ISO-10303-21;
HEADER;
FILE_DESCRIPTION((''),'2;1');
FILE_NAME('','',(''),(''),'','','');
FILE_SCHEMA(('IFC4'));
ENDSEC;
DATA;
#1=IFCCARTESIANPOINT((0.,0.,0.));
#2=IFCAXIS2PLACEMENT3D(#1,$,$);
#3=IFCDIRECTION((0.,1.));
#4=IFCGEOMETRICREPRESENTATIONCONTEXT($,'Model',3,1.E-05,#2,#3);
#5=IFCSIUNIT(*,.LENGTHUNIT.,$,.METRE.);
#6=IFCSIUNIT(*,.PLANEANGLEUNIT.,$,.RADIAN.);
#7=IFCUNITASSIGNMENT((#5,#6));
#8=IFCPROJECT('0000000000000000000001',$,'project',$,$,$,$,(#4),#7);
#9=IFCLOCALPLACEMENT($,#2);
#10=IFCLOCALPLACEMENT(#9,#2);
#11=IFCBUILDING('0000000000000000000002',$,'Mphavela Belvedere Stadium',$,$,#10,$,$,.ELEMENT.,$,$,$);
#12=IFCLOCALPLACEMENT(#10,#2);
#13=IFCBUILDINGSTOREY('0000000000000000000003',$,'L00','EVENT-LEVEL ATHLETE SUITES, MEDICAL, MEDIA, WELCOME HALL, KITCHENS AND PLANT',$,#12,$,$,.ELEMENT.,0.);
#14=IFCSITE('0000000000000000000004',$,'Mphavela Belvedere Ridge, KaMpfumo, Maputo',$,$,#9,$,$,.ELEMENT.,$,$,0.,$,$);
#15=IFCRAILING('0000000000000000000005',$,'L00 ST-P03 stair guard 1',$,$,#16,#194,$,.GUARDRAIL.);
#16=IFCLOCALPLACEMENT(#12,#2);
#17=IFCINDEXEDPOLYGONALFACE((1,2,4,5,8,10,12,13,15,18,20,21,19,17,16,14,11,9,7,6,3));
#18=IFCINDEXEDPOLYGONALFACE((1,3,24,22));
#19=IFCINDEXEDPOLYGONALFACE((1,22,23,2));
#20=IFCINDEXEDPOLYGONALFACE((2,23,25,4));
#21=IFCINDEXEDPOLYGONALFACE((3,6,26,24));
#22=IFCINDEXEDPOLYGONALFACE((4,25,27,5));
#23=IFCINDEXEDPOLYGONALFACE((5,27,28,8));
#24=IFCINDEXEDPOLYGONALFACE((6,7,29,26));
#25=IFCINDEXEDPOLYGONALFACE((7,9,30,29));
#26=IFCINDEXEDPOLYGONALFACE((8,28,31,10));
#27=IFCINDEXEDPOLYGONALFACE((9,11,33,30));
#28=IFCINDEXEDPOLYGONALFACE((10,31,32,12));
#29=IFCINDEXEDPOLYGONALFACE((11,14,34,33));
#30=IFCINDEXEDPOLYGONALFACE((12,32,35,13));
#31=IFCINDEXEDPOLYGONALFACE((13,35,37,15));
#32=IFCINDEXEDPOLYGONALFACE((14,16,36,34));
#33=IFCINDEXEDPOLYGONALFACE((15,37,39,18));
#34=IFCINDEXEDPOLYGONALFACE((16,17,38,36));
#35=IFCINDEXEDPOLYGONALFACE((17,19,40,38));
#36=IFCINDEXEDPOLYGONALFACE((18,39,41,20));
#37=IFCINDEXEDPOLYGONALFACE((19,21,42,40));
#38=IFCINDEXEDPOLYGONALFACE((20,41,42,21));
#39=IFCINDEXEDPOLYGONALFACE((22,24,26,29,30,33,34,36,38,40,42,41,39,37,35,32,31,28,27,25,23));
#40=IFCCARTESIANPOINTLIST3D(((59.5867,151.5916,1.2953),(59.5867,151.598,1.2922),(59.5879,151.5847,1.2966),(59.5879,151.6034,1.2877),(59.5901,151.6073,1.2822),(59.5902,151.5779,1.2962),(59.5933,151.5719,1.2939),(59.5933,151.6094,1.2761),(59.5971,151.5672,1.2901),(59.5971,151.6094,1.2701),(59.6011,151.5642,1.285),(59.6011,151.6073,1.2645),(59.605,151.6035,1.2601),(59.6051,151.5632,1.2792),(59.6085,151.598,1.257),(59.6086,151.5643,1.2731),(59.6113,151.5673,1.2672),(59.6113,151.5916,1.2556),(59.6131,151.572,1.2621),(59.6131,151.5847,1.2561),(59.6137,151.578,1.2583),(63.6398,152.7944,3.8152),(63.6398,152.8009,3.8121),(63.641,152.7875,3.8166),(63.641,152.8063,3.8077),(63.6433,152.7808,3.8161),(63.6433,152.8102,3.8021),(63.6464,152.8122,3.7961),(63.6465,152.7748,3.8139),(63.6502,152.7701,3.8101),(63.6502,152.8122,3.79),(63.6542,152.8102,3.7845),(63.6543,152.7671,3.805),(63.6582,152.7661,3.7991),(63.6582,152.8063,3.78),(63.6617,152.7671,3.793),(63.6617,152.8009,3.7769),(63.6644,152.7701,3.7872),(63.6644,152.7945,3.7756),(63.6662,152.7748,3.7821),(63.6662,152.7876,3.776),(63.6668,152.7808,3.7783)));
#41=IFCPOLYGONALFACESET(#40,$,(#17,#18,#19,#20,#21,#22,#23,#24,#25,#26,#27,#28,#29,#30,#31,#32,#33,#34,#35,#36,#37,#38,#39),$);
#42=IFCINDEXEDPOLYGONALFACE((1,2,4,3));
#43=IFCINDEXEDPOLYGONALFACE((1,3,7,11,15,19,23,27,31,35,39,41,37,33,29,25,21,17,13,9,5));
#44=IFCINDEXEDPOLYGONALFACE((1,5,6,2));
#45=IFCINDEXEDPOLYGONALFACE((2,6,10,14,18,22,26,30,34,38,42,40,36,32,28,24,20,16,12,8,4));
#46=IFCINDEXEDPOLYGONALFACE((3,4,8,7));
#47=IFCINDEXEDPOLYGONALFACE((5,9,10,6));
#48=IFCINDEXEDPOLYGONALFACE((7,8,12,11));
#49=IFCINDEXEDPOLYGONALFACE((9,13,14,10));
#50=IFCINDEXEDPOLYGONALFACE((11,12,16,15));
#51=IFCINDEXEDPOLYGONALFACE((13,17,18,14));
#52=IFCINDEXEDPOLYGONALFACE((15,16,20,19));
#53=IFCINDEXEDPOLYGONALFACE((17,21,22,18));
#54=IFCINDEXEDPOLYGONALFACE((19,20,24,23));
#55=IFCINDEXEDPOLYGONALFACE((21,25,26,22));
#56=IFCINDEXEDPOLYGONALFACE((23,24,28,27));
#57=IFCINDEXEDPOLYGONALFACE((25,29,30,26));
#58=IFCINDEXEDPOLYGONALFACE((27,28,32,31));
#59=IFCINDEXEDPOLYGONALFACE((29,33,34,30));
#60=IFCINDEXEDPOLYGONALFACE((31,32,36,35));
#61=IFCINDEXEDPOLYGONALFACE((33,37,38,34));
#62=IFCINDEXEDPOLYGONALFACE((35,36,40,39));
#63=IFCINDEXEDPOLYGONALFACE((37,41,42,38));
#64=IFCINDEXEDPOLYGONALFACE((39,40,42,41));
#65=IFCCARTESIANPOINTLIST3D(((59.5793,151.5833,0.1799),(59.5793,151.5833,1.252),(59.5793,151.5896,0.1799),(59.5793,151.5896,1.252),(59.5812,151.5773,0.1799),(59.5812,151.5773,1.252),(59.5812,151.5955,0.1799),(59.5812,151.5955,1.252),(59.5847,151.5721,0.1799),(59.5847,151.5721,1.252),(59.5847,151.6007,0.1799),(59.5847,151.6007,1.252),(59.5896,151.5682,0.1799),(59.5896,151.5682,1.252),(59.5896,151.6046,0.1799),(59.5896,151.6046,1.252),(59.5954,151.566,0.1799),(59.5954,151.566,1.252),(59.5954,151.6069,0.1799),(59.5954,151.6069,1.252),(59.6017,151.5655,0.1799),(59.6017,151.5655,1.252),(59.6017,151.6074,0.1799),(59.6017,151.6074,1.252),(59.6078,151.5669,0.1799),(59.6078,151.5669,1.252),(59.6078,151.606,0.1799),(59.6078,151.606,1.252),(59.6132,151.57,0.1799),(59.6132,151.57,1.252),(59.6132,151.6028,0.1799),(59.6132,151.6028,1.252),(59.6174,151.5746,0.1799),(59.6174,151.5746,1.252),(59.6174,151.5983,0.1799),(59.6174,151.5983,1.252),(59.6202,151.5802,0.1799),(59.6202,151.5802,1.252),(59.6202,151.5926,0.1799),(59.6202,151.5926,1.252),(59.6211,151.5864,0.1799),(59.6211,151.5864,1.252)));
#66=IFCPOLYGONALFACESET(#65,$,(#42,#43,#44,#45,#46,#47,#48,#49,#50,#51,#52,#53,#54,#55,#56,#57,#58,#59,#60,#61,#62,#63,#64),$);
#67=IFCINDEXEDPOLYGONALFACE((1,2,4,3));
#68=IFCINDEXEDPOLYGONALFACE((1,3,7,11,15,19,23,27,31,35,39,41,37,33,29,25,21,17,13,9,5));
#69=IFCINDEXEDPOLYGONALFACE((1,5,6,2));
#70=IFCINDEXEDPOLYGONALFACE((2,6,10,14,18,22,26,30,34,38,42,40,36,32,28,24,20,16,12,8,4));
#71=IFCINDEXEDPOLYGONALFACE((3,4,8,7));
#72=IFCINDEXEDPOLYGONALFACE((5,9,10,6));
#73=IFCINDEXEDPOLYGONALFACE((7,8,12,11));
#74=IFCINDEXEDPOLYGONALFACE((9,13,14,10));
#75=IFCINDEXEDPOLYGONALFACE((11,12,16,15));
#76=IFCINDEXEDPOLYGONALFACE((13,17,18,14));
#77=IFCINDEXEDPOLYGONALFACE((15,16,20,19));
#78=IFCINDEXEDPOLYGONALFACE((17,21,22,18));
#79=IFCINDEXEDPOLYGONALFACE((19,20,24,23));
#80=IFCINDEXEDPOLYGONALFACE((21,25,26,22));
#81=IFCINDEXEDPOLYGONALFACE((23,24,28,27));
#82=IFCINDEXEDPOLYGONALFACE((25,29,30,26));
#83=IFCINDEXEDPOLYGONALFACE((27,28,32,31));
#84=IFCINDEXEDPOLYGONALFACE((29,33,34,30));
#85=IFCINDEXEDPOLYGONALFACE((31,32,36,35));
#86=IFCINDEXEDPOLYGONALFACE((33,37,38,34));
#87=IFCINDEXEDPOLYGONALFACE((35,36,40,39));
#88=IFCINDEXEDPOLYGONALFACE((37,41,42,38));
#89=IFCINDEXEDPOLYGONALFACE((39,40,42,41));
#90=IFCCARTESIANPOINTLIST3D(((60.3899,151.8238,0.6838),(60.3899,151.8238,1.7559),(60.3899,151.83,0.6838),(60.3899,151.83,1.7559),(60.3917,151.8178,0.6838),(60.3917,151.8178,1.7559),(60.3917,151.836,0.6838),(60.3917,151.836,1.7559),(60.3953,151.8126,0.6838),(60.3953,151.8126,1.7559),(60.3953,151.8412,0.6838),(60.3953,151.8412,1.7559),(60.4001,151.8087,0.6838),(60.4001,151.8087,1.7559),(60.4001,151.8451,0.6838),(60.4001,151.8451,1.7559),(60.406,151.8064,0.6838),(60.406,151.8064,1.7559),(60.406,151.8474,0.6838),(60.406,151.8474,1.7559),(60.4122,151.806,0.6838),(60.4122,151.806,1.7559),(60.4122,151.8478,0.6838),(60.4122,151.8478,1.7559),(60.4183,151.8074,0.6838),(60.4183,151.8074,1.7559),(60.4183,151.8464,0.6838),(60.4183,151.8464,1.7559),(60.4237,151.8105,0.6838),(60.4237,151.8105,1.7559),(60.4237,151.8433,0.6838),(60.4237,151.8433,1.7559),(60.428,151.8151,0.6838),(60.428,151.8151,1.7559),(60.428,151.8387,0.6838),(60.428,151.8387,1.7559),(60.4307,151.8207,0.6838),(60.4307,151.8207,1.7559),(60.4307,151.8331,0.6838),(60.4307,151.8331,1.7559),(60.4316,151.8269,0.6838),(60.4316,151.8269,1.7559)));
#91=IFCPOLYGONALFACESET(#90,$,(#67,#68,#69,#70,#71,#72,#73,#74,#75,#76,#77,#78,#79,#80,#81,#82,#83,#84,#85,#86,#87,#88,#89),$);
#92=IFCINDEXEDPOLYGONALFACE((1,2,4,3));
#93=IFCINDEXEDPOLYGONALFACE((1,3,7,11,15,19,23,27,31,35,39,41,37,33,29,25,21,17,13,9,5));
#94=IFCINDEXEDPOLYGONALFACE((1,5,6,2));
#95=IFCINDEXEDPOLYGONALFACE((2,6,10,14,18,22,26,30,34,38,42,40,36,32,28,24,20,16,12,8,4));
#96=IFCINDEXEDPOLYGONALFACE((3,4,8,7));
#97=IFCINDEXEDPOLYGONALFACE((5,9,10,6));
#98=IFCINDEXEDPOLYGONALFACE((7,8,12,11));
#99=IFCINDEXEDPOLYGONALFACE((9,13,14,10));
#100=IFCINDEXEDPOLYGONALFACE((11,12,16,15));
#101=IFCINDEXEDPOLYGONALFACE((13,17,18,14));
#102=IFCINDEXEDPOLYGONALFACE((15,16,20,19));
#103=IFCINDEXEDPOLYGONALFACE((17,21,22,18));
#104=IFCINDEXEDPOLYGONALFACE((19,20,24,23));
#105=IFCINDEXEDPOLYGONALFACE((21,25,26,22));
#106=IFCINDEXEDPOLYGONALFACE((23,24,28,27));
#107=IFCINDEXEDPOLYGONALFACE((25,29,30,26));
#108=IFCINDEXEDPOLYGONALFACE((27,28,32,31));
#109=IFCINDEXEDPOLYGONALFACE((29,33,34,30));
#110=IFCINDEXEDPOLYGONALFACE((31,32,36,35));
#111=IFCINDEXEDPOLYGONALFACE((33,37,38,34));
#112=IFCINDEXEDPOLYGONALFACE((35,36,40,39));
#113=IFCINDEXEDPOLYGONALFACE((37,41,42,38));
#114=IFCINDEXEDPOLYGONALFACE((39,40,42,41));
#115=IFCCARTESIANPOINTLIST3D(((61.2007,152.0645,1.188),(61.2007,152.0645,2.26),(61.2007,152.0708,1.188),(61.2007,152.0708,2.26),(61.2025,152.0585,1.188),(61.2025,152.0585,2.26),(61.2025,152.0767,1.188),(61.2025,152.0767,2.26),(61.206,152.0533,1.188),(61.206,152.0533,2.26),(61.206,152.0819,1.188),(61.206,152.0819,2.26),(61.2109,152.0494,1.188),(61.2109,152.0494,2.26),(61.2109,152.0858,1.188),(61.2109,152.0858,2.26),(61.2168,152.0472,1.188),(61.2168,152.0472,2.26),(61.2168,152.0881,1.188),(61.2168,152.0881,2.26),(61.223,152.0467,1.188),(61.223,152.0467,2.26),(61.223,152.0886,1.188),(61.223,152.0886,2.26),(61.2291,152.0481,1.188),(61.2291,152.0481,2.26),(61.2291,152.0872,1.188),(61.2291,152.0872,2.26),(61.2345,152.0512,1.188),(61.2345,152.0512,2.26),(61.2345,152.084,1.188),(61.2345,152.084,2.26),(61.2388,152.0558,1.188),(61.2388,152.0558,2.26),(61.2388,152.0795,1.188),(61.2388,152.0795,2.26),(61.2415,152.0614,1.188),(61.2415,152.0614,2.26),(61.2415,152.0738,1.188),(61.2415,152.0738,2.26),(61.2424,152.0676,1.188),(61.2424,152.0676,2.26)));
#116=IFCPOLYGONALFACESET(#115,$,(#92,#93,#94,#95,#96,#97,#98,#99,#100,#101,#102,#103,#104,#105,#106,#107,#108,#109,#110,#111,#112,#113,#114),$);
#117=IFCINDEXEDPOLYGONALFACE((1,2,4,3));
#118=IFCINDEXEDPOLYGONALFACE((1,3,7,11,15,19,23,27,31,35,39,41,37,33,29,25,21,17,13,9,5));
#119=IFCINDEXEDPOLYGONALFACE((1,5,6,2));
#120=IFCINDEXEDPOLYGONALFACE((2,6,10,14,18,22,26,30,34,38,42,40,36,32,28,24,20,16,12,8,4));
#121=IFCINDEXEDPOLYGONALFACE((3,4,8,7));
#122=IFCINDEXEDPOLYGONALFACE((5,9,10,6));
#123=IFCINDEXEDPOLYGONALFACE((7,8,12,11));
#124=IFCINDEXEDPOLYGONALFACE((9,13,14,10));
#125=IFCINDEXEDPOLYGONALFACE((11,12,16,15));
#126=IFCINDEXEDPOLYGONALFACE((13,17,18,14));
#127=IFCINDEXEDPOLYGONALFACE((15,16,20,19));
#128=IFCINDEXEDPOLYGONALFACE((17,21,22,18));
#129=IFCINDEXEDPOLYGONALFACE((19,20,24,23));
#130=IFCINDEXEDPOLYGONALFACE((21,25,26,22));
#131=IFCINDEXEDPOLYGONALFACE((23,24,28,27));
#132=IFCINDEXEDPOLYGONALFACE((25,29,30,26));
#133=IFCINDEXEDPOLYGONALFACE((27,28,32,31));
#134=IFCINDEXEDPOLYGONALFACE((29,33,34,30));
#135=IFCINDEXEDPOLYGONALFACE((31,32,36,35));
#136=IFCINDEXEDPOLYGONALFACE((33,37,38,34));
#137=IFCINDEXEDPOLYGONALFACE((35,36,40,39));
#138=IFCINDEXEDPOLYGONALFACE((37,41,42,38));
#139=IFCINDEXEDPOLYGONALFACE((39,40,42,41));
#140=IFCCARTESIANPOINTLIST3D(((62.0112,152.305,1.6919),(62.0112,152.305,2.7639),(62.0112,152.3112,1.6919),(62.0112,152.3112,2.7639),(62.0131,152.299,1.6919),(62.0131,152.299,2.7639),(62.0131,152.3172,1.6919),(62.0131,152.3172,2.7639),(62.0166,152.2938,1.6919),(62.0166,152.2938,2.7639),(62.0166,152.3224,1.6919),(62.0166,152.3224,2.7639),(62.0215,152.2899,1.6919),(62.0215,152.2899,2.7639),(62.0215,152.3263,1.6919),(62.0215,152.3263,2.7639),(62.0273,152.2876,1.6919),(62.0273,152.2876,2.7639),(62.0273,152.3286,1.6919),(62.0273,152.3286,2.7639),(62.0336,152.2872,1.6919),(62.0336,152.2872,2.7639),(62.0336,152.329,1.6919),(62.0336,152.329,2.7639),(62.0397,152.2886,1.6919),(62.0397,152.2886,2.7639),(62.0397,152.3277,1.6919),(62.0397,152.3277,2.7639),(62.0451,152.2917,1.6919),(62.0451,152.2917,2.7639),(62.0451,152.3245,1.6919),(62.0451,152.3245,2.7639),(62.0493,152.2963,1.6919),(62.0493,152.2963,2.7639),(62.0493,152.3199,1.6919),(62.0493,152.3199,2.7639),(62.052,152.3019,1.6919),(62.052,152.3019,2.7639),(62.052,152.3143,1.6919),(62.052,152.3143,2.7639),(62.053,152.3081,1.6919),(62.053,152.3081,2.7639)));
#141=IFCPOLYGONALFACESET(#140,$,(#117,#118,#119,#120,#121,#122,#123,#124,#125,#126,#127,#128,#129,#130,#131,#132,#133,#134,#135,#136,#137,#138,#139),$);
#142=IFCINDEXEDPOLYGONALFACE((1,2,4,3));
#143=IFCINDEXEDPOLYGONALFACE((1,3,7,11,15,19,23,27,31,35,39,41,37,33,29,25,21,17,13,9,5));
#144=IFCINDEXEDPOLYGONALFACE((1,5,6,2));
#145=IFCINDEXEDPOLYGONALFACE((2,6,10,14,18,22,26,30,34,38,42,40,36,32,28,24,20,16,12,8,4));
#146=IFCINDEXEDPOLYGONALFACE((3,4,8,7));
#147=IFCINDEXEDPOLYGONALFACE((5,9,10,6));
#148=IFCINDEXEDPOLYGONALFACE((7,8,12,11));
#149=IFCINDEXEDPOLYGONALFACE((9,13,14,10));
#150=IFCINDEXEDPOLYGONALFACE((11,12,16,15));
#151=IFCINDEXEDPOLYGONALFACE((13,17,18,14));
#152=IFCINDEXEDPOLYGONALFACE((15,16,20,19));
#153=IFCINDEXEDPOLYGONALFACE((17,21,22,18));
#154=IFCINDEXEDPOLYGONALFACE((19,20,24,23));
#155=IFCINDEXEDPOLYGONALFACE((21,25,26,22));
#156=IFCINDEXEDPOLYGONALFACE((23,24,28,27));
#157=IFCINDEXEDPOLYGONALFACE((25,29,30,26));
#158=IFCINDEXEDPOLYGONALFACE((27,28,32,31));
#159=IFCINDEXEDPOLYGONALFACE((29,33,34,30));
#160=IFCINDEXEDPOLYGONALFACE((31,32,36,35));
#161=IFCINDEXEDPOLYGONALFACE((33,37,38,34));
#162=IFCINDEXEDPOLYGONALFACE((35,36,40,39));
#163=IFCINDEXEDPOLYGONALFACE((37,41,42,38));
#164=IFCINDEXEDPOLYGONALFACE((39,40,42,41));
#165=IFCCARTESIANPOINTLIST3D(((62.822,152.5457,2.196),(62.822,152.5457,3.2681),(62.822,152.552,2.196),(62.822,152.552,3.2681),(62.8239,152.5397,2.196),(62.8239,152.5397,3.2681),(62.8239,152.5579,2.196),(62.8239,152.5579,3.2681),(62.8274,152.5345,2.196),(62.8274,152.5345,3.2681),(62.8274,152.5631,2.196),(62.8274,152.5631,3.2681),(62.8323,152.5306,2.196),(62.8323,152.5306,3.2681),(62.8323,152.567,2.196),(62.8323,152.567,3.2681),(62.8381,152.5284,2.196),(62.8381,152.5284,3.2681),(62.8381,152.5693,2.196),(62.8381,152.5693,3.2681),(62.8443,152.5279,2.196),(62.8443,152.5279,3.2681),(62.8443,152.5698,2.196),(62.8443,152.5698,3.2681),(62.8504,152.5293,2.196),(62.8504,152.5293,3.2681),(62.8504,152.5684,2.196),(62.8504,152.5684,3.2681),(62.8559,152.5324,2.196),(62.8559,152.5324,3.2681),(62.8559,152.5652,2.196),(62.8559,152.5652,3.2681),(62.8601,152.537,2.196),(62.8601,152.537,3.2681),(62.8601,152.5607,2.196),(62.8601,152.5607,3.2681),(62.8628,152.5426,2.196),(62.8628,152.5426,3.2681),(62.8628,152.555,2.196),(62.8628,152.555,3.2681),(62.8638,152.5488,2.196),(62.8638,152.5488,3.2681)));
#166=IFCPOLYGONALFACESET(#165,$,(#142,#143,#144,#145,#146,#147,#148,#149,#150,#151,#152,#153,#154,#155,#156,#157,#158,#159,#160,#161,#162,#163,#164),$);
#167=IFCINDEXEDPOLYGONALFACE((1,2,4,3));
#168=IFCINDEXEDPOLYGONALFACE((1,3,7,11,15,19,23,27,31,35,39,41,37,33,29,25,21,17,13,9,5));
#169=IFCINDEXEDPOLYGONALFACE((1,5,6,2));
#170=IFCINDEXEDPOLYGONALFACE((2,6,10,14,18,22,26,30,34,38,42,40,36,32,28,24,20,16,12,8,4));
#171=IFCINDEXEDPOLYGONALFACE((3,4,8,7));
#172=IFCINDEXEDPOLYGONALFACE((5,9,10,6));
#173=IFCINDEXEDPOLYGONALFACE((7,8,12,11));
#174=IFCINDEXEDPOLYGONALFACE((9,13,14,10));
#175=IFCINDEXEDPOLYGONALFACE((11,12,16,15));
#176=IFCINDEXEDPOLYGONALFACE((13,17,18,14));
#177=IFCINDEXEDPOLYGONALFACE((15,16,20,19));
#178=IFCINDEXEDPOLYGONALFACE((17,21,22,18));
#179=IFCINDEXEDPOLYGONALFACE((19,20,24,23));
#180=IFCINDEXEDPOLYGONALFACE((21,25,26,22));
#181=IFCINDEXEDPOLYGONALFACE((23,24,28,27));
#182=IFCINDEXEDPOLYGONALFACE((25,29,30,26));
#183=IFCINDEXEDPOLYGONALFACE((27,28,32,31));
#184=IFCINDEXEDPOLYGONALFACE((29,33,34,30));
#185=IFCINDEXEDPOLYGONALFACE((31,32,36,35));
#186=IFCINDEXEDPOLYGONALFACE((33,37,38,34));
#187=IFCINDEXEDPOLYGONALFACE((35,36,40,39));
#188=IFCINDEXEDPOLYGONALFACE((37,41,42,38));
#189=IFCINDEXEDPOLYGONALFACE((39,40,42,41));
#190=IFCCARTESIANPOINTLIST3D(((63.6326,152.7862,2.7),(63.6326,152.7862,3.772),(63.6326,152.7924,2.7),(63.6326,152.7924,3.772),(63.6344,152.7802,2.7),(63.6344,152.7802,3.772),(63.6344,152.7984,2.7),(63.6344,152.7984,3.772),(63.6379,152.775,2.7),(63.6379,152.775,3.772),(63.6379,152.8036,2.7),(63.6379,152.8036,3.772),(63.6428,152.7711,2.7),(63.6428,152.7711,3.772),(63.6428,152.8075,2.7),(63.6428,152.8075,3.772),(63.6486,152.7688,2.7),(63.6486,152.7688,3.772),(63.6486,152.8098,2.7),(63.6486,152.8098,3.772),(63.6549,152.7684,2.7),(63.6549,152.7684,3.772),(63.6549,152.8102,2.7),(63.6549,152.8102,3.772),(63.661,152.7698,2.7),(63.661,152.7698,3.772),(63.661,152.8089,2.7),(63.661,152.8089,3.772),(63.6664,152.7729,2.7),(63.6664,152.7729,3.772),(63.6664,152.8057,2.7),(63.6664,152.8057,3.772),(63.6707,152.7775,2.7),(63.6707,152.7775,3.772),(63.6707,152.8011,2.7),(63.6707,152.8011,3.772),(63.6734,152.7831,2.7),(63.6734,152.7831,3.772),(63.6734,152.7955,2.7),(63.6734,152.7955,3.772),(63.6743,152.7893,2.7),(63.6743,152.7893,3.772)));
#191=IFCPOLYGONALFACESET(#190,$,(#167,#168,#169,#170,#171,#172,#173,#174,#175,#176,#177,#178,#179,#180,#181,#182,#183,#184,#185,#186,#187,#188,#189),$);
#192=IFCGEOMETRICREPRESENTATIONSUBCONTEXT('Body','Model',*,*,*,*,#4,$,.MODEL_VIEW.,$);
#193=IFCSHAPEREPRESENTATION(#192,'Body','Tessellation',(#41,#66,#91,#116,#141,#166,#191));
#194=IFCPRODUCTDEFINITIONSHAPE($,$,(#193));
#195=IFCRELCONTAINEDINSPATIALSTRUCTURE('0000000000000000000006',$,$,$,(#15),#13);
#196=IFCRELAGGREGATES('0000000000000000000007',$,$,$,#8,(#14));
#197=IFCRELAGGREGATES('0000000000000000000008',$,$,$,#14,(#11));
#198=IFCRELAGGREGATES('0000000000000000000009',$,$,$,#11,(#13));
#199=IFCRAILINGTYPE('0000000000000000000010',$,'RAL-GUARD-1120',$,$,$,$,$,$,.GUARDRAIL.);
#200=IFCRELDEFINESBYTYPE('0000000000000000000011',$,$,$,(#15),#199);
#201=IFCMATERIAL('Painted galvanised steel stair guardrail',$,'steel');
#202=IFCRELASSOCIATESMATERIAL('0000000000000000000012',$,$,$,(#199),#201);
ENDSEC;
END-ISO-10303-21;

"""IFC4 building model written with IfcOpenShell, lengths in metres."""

from ifc_helpers import new_model, si_unit, direction, frame, origin, origin_2d, place, context, subcontext, project, spatial, circle, extrude, material, type_object, element, save


model = new_model("IFC4")

# Units and contexts
model_context = context("Model", 3, precision=1e-05, world=origin(), true_north=direction((0.0, 1.0)))
body_context = subcontext(model_context, "Body", "Model", "MODEL_VIEW")
ifc_project = project(units=[si_unit("LENGTHUNIT", "METRE"), si_unit("PLANEANGLEUNIT", "RADIAN")], contexts=[model_context])

# Site, building, storey
site_placement = place(None, origin())
site = spatial("IfcSite", under=ifc_project, at=site_placement, Name="Mphavela Belvedere Ridge, KaMpfumo, Maputo", CompositionType="ELEMENT", RefElevation=0.0)
building_placement = place(site_placement, origin())
building = spatial("IfcBuilding", under=site, at=building_placement, Name="Mphavela Belvedere Stadium", CompositionType="ELEMENT")
storey_placement = place(building_placement, origin())
storey = spatial("IfcBuildingStorey", under=building, at=storey_placement, Name="L00", Description="EVENT-LEVEL ATHLETE SUITES, MEDICAL, MEDIA, WELCOME HALL, KITCHENS AND PLANT", CompositionType="ELEMENT", Elevation=0.0)

# Railing
ifc_material_1 = material(Name="Painted galvanised steel stair guardrail", Category="steel")
railing_type_1 = type_object("IfcRailingType", Name="RAL-GUARD-1120", PredefinedType="GUARDRAIL", material=ifc_material_1)
railing_1_placement = place(storey_placement, frame((59.6001, 151.5864, 0.1799)))
element("IfcRailing", 1, at=railing_1_placement, inside=storey, type_object=railing_type_1, Name="L00 ST-P03 stair guard 1", PredefinedType="GUARDRAIL", context=body_context, shape_type="SweptSolid", body=[
    extrude(circle(Radius=0.0239, at=origin_2d()), frame((0.0, 0.0, 1.0962), z_axis=(0.823492, 0.244389, 0.511991), x_axis=(-0.284507, 0.958674, 0.0)), (0.0, 0.0, 1.0), 4.9219),
    extrude(circle(Radius=0.021, at=origin_2d()), origin(), (0.0, 0.0, 1.0), 1.072),
    extrude(circle(Radius=0.021, at=origin_2d()), frame((0.8105, 0.2405, 0.5039)), (0.0, 0.0, 1.0), 1.072),
    extrude(circle(Radius=0.021, at=origin_2d()), frame((1.6213, 0.4812, 1.0081)), (0.0, 0.0, 1.0), 1.072),
    extrude(circle(Radius=0.021, at=origin_2d()), frame((2.4319, 0.7217, 1.512)), (0.0, 0.0, 1.0), 1.072),
    extrude(circle(Radius=0.021, at=origin_2d()), frame((3.2427, 0.9624, 2.0161)), (0.0, 0.0, 1.0), 1.072),
    extrude(circle(Radius=0.021, at=origin_2d()), frame((4.0532, 1.2029, 2.52)), (0.0, 0.0, 1.0), 1.072),
])

save(model, "model.ifc")
